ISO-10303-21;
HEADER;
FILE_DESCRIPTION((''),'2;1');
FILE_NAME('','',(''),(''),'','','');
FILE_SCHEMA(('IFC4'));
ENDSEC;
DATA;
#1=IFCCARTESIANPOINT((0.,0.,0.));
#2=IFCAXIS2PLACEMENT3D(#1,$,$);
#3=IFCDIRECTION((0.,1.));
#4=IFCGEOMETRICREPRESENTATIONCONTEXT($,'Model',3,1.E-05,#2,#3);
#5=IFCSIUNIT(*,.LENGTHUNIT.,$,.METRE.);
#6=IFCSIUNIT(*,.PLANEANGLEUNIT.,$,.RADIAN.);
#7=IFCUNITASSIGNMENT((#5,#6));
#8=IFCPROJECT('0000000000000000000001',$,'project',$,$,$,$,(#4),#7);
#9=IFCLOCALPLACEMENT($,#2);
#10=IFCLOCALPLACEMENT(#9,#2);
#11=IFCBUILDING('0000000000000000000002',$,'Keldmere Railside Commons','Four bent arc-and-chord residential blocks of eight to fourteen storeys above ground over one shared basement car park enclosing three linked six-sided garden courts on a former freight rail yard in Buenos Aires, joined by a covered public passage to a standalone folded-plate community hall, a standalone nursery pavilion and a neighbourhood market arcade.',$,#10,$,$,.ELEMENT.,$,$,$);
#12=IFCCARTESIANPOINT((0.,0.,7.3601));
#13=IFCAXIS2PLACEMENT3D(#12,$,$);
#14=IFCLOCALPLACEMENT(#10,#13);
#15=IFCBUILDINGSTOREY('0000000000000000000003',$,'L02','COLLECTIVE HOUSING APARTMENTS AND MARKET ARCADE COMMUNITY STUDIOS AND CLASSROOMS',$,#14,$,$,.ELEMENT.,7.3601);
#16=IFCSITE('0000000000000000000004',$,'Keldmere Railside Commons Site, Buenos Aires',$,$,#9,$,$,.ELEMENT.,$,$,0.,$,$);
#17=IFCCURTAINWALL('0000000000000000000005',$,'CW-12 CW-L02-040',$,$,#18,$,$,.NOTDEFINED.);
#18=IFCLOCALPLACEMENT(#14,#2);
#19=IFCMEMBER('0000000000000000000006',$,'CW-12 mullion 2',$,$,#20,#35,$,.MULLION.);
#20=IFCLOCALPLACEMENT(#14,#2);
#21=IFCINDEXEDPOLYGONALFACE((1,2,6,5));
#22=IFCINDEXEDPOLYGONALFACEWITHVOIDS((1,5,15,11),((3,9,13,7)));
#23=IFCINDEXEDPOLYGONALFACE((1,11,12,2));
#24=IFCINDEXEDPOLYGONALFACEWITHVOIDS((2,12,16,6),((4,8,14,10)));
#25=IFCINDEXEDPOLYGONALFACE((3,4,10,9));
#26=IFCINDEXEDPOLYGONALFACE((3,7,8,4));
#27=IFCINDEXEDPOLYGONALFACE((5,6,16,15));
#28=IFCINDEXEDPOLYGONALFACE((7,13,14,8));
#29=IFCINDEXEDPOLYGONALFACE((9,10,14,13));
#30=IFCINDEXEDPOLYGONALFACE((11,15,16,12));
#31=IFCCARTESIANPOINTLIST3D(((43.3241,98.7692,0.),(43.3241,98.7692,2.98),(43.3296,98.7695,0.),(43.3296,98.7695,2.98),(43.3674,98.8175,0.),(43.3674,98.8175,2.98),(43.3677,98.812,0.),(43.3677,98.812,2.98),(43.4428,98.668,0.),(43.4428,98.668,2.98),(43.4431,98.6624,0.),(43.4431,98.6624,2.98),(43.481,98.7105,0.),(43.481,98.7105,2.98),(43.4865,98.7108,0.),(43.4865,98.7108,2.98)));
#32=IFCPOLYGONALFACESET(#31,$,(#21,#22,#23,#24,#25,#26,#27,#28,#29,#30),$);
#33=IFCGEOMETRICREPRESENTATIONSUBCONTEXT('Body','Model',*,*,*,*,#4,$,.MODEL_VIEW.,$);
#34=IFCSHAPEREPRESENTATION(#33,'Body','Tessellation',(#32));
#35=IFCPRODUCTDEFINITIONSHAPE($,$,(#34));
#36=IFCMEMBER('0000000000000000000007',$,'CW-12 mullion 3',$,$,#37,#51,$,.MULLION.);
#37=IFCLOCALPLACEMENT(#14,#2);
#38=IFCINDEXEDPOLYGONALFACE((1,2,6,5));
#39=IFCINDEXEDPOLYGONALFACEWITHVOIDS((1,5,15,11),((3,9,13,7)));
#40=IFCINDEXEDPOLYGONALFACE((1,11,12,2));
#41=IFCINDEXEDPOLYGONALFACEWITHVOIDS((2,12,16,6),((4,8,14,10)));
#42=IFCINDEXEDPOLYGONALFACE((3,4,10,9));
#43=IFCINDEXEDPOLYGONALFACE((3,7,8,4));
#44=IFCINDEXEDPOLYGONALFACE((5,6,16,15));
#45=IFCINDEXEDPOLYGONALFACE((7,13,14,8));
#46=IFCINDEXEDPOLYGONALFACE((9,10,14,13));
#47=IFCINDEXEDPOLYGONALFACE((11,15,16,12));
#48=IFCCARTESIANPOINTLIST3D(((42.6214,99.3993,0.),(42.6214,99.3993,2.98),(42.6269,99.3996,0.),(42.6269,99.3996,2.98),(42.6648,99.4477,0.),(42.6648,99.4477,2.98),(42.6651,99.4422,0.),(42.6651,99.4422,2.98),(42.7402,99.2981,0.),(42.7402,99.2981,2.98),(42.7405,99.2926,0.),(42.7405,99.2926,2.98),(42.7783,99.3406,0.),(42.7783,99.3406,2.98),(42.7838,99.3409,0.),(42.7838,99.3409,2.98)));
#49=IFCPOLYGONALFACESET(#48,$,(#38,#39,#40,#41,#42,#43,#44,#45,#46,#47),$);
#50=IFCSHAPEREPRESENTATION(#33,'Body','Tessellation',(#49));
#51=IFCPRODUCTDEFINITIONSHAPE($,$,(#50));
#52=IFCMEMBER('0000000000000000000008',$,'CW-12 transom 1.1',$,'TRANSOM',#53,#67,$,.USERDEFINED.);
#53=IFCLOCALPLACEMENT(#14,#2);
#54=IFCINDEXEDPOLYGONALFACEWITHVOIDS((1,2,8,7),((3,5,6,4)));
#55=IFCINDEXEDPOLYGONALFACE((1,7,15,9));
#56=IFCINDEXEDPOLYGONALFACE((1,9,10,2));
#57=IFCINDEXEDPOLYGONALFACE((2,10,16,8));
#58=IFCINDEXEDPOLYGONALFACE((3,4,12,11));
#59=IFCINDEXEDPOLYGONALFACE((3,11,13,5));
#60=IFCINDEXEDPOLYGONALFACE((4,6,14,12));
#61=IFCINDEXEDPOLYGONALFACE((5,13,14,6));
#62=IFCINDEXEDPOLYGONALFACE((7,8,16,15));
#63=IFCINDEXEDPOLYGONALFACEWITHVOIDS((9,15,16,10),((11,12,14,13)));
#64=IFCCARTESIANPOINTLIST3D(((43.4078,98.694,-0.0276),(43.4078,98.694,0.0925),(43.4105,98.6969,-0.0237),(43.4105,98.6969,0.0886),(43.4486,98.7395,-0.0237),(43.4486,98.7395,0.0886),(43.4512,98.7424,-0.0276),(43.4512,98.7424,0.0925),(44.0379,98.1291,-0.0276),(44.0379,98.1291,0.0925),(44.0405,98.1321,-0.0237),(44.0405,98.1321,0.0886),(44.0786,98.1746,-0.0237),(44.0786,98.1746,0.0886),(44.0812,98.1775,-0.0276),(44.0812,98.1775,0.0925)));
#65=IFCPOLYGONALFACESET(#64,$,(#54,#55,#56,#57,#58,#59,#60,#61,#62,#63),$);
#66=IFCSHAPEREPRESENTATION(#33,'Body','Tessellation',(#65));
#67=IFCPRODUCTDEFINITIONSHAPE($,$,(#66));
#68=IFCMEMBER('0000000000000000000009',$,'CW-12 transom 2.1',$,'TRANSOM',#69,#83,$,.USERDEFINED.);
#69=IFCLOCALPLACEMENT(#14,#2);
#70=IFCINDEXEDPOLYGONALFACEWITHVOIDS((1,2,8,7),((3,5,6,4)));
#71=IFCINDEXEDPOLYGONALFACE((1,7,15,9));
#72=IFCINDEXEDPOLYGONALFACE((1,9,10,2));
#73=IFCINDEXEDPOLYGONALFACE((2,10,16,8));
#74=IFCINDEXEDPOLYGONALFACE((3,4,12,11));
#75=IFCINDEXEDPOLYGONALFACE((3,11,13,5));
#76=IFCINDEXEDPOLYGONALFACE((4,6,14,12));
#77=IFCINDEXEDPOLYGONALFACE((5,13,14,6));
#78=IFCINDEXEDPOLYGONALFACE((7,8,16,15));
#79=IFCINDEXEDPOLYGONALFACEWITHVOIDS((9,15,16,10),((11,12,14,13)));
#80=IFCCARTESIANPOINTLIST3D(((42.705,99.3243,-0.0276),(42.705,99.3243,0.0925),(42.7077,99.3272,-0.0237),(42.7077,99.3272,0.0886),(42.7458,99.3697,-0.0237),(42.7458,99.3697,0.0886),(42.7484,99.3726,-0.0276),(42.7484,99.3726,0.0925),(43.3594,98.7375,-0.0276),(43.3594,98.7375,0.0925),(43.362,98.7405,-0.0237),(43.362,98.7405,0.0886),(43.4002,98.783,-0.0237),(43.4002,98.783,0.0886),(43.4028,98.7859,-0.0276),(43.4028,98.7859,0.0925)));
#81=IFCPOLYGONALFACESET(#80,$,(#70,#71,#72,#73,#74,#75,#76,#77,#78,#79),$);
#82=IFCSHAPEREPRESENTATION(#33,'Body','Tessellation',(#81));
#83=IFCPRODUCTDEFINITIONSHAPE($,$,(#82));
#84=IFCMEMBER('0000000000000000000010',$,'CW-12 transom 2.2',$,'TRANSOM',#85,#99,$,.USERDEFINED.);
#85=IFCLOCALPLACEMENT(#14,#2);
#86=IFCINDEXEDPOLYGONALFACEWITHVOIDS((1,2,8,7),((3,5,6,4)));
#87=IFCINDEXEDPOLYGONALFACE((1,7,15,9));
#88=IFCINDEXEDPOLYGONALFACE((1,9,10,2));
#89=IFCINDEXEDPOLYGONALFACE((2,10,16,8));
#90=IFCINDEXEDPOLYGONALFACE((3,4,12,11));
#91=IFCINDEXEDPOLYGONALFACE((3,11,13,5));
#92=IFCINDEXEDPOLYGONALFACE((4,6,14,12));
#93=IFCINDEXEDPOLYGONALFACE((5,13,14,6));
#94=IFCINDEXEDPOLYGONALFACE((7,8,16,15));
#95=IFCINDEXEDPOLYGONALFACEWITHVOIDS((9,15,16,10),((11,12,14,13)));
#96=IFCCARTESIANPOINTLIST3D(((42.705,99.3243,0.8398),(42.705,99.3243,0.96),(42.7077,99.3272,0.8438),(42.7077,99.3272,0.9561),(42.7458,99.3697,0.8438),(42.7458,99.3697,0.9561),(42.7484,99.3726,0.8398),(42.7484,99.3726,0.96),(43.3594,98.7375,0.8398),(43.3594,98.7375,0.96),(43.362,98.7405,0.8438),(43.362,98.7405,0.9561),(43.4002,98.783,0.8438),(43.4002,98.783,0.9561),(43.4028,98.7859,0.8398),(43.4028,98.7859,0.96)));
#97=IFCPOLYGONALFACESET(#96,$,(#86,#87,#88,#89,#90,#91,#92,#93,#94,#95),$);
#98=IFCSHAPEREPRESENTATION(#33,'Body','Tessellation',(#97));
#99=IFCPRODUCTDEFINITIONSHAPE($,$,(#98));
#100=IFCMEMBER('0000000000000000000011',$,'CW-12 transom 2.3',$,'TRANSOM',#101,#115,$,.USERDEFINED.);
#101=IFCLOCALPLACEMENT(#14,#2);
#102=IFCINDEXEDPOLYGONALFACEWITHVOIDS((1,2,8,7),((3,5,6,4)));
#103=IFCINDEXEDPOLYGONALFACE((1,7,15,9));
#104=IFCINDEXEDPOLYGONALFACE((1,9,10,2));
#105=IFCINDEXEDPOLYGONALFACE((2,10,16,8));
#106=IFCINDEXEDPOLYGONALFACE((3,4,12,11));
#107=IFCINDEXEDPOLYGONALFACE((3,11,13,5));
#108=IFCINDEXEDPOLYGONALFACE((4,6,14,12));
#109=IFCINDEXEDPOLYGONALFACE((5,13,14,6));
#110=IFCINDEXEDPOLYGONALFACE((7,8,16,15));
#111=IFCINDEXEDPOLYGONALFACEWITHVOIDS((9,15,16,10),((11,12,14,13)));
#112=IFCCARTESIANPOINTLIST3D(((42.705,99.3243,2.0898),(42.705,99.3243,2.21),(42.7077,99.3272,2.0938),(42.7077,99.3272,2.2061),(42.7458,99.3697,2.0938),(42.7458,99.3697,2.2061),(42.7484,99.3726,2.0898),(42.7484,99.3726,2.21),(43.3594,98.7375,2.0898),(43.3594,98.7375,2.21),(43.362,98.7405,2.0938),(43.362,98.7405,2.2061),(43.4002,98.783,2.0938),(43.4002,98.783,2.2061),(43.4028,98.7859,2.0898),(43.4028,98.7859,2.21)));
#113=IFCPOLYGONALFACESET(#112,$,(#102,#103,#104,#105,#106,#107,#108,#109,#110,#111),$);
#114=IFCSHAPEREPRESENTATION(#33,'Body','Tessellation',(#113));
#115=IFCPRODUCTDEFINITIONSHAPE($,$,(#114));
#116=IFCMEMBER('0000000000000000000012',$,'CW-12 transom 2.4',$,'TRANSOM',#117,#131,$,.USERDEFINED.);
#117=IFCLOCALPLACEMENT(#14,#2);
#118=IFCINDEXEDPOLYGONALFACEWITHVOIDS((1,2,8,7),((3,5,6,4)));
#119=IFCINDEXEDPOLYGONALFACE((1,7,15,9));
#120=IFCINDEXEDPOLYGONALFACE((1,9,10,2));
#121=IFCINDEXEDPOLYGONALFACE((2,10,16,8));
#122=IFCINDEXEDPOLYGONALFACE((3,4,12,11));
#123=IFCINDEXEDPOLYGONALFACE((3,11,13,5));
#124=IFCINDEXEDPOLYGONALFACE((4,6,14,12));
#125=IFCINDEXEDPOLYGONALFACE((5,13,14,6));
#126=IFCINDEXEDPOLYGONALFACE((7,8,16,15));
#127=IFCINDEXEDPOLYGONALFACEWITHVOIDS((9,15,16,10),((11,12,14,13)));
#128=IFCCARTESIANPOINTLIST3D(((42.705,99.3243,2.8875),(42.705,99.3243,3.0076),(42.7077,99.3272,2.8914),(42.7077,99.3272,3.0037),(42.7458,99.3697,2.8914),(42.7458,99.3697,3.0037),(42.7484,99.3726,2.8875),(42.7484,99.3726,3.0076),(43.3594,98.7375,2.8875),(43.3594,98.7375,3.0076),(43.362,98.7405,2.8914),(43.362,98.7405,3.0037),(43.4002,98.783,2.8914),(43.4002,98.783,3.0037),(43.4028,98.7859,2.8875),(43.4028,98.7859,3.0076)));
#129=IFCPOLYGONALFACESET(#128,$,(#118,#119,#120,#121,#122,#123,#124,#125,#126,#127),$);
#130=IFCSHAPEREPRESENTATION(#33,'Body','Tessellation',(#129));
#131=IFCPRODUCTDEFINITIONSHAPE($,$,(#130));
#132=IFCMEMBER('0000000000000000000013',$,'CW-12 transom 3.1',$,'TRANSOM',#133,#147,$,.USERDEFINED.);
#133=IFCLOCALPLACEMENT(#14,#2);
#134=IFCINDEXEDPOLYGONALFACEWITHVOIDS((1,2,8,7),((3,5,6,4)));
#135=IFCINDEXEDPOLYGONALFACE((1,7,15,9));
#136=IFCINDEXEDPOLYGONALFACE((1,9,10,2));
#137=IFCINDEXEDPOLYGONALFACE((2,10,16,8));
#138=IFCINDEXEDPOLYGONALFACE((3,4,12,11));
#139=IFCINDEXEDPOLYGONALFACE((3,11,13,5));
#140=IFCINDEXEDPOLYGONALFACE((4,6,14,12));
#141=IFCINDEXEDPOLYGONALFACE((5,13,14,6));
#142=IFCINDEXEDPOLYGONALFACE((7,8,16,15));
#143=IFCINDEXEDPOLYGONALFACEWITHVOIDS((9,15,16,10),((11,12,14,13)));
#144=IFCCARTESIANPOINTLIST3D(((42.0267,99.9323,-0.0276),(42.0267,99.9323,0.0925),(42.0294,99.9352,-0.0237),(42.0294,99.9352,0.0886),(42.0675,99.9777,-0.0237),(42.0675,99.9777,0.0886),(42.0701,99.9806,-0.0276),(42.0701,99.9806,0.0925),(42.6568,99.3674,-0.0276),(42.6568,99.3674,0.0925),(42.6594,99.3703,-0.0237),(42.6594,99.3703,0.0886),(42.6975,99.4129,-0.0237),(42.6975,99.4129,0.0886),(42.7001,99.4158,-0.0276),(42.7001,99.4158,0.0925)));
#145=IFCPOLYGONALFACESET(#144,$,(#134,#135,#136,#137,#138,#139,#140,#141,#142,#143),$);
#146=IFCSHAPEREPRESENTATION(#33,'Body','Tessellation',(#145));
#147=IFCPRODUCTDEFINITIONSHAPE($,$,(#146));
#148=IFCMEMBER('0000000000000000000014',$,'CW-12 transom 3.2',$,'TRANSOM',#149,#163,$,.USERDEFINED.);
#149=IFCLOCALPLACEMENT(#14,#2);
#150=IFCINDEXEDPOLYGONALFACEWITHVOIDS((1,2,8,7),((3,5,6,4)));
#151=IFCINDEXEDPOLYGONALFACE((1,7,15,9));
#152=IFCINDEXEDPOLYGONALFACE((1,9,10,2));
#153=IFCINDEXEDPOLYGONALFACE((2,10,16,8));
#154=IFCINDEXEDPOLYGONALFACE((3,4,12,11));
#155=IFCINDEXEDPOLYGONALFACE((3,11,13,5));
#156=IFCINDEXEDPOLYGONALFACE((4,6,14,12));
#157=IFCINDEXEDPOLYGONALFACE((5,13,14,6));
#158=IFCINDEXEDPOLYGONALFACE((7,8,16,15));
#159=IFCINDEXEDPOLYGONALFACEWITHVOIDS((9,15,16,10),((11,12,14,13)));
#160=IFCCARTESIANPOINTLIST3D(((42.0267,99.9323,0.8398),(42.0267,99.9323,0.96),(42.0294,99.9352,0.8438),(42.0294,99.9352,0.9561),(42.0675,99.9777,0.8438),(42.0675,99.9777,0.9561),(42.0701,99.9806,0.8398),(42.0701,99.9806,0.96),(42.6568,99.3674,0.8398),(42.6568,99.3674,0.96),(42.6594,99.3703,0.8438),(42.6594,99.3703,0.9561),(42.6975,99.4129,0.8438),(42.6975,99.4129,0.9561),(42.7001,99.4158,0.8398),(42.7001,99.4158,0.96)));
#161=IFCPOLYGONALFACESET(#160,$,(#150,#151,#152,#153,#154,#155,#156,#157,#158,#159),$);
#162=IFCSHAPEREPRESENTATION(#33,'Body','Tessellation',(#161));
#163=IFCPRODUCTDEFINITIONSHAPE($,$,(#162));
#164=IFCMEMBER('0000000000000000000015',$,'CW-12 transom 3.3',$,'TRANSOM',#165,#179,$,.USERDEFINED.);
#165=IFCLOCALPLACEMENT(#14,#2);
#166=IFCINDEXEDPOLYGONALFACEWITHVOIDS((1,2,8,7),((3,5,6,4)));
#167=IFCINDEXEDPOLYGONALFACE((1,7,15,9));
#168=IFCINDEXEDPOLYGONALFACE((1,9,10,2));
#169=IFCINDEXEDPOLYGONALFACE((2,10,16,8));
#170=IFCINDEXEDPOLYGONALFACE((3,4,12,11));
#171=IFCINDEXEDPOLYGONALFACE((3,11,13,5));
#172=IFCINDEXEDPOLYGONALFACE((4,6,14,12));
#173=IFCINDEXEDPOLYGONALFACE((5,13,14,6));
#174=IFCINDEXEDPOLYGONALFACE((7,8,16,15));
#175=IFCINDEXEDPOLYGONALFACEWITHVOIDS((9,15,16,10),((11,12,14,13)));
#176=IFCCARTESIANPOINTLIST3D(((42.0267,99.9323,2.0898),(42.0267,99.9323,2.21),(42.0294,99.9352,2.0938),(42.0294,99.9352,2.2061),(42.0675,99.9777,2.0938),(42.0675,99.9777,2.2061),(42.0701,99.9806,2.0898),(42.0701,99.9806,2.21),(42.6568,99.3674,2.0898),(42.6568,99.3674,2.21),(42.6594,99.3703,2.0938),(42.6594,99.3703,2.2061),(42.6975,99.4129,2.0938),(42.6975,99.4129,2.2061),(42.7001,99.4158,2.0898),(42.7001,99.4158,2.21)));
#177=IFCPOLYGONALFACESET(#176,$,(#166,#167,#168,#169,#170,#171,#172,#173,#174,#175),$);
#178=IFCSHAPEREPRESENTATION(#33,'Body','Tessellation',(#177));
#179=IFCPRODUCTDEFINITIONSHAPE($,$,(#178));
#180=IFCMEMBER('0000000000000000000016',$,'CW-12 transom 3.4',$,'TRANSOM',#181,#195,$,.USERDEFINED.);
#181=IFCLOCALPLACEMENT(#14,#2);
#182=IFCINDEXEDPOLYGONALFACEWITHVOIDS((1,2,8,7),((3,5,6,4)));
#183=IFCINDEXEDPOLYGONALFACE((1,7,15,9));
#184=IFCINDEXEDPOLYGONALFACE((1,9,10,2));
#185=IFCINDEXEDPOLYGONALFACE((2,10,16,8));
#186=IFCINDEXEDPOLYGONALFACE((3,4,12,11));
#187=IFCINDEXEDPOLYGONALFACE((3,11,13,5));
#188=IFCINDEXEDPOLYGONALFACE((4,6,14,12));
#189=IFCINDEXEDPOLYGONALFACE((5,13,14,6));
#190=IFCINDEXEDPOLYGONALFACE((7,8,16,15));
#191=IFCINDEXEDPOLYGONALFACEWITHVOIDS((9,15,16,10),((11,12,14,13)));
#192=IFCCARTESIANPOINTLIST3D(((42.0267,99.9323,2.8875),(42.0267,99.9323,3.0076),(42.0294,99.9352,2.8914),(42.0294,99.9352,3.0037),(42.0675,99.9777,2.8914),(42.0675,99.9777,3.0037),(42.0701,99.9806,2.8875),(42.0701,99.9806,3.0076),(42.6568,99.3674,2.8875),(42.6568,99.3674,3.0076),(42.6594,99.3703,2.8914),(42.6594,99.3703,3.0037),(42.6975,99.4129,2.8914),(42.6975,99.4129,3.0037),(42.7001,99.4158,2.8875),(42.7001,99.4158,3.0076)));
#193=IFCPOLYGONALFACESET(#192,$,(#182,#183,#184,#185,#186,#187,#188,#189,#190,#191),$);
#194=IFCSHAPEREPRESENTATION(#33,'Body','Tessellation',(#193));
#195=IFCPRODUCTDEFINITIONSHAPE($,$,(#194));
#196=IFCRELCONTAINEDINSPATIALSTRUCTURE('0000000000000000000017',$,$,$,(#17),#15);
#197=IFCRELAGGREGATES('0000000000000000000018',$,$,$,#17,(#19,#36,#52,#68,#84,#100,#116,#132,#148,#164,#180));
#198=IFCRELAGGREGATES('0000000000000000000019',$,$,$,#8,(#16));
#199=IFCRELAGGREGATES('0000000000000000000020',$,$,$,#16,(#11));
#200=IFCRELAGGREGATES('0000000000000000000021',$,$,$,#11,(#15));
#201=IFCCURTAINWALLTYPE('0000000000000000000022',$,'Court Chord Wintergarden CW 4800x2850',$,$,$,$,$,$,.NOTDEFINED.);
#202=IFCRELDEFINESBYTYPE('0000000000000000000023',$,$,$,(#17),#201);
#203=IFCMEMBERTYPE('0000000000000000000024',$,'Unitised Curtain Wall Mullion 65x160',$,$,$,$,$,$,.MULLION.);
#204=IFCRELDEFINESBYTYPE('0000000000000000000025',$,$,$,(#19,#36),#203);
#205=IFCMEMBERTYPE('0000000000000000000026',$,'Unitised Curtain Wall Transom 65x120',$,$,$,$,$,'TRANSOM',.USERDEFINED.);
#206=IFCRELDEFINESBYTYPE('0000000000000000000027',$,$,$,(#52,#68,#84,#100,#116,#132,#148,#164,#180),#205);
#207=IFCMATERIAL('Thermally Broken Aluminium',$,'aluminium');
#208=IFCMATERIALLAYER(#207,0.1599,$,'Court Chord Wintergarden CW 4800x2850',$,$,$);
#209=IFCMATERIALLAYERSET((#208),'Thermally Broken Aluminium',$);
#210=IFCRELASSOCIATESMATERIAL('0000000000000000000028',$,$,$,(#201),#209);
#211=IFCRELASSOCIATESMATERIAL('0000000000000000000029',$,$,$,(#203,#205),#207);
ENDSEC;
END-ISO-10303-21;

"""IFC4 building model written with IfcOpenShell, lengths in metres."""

from ifc_helpers import new_model, si_unit, direction, frame, origin, origin_2d, place, context, subcontext, project, spatial, hollow_rectangle, extrude, material, layer, layer_set, material_profile, profile_set, type_object, element, aggregate, save


model = new_model("IFC4")

# Units and contexts
model_context = context("Model", 3, precision=1e-05, world=origin(), true_north=direction((0.0, 1.0)))
body_context = subcontext(model_context, "Body", "Model", "MODEL_VIEW")
ifc_project = project(units=[si_unit("LENGTHUNIT", "METRE"), si_unit("PLANEANGLEUNIT", "RADIAN")], contexts=[model_context])

# Site, building, storey
site_placement = place(None, origin())
site = spatial("IfcSite", under=ifc_project, at=site_placement, Name="Keldmere Railside Commons Site, Buenos Aires", CompositionType="ELEMENT", RefElevation=0.0)
building_placement = place(site_placement, origin())
building = spatial("IfcBuilding", under=site, at=building_placement, Name="Keldmere Railside Commons", Description="Four bent arc-and-chord residential blocks of eight to fourteen storeys above ground over one shared basement car park enclosing three linked six-sided garden courts on a former freight rail yard in Buenos Aires, joined by a covered public passage to a standalone folded-plate community hall, a standalone nursery pavilion and a neighbourhood market arcade.", CompositionType="ELEMENT")
storey_placement = place(building_placement, frame((0.0, 0.0, 7.3601)))
storey = spatial("IfcBuildingStorey", under=building, at=storey_placement, Name="L02", Description="COLLECTIVE HOUSING APARTMENTS AND MARKET ARCADE COMMUNITY STUDIOS AND CLASSROOMS", CompositionType="ELEMENT", Elevation=7.3601)

# Curtain wall, members
ifc_material_1 = material(Name="Thermally Broken Aluminium", Category="aluminium")
ifc_layer_1 = layer(ifc_material_1, 0.1599, Name="Court Chord Wintergarden CW 4800x2850")
ifc_layer_set_1 = layer_set([ifc_layer_1], Name="Thermally Broken Aluminium")
curtain_wall_type = type_object("IfcCurtainWallType", Name="Court Chord Wintergarden CW 4800x2850", PredefinedType="NOTDEFINED", material=ifc_layer_set_1)
curtain_wall_placement = place(storey_placement, origin())
curtain_wall = element("IfcCurtainWall", 1, at=curtain_wall_placement, inside=storey, type_object=curtain_wall_type, Name="CW-12 CW-L02-040", PredefinedType="NOTDEFINED")
ifc_material_profile_1 = material_profile(ifc_material_1, hollow_rectangle(XDim=0.0649, YDim=0.1599, WallThickness=0.0039, at=origin_2d()), Name="ALU-MULL-65x160")
ifc_profile_set_1 = profile_set([ifc_material_profile_1], Name="Thermally Broken Aluminium")
member_type_1 = type_object("IfcMemberType", Name="Unitised Curtain Wall Mullion 65x160", PredefinedType="MULLION", material=ifc_profile_set_1)
member_1_placement = place(storey_placement, frame((43.4053, 98.74, 0.0), z_axis=(0.0, 0.0, 1.0), x_axis=(-0.667559, -0.744557, 0.0)))
member_1 = element("IfcMember", 2, at=member_1_placement, type_object=member_type_1, Name="CW-12 mullion 2", PredefinedType="MULLION", context=body_context, shape_type="SweptSolid", body=[
    extrude(hollow_rectangle(XDim=0.0649, YDim=0.1599, WallThickness=0.0039, at=origin_2d()), origin(), (0.0, 0.0, 1.0), 2.98),
])
member_2_placement = place(storey_placement, frame((42.7026, 99.3701, 0.0), z_axis=(0.0, 0.0, 1.0), x_axis=(-0.667559, -0.744557, 0.0)))
member_2 = element("IfcMember", 3, at=member_2_placement, type_object=member_type_1, Name="CW-12 mullion 3", PredefinedType="MULLION", context=body_context, shape_type="SweptSolid", body=[
    extrude(hollow_rectangle(XDim=0.0649, YDim=0.1599, WallThickness=0.0039, at=origin_2d()), origin(), (0.0, 0.0, 1.0), 2.98),
])
ifc_material_profile_2 = material_profile(ifc_material_1, hollow_rectangle(XDim=0.0649, YDim=0.1201, WallThickness=0.0039, at=origin_2d()), Name="ALU-TRAN-65x120")
ifc_profile_set_2 = profile_set([ifc_material_profile_2], Name="Thermally Broken Aluminium")
member_type_2 = type_object("IfcMemberType", Name="Unitised Curtain Wall Transom 65x120", ElementType="TRANSOM", PredefinedType="USERDEFINED", material=ifc_profile_set_2)
member_3_placement = place(storey_placement, frame((44.0596, 98.1533, 0.0325), z_axis=(-0.744569, 0.667545, 0.0), x_axis=(-0.667545, -0.744569, 0.0)))
member_3 = element("IfcMember", 4, at=member_3_placement, type_object=member_type_2, Name="CW-12 transom 1.1", ObjectType="TRANSOM", PredefinedType="USERDEFINED", context=body_context, shape_type="SweptSolid", body=[
    extrude(hollow_rectangle(XDim=0.0649, YDim=0.1201, WallThickness=0.0039, at=origin_2d()), origin(), (0.0, 0.0, 1.0), 0.8462),
])
member_4_placement = place(storey_placement, frame((43.3811, 98.7617, 0.0325), z_axis=(-0.744536, 0.667582, 0.0), x_axis=(-0.667582, -0.744536, 0.0)))
member_4 = element("IfcMember", 5, at=member_4_placement, type_object=member_type_2, Name="CW-12 transom 2.1", ObjectType="TRANSOM", PredefinedType="USERDEFINED", context=body_context, shape_type="SweptSolid", body=[
    extrude(hollow_rectangle(XDim=0.0649, YDim=0.1201, WallThickness=0.0039, at=origin_2d()), origin(), (0.0, 0.0, 1.0), 0.8789),
])
member_5_placement = place(storey_placement, frame((43.3811, 98.7617, 0.8999), z_axis=(-0.744536, 0.667582, 0.0), x_axis=(-0.667582, -0.744536, 0.0)))
member_5 = element("IfcMember", 6, at=member_5_placement, type_object=member_type_2, Name="CW-12 transom 2.2", ObjectType="TRANSOM", PredefinedType="USERDEFINED", context=body_context, shape_type="SweptSolid", body=[
    extrude(hollow_rectangle(XDim=0.0649, YDim=0.1201, WallThickness=0.0039, at=origin_2d()), origin(), (0.0, 0.0, 1.0), 0.8789),
])
member_6_placement = place(storey_placement, frame((43.3811, 98.7617, 2.1499), z_axis=(-0.744536, 0.667582, 0.0), x_axis=(-0.667582, -0.744536, 0.0)))
member_6 = element("IfcMember", 7, at=member_6_placement, type_object=member_type_2, Name="CW-12 transom 2.3", ObjectType="TRANSOM", PredefinedType="USERDEFINED", context=body_context, shape_type="SweptSolid", body=[
    extrude(hollow_rectangle(XDim=0.0649, YDim=0.1201, WallThickness=0.0039, at=origin_2d()), origin(), (0.0, 0.0, 1.0), 0.8789),
])
member_7_placement = place(storey_placement, frame((43.3811, 98.7617, 2.9475), z_axis=(-0.744536, 0.667582, 0.0), x_axis=(-0.667582, -0.744536, 0.0)))
member_7 = element("IfcMember", 8, at=member_7_placement, type_object=member_type_2, Name="CW-12 transom 2.4", ObjectType="TRANSOM", PredefinedType="USERDEFINED", context=body_context, shape_type="SweptSolid", body=[
    extrude(hollow_rectangle(XDim=0.0649, YDim=0.1201, WallThickness=0.0039, at=origin_2d()), origin(), (0.0, 0.0, 1.0), 0.8789),
])
member_8_placement = place(storey_placement, frame((42.6785, 99.3916, 0.0325), z_axis=(-0.744569, 0.667545, 0.0), x_axis=(-0.667545, -0.744569, 0.0)))
member_8 = element("IfcMember", 9, at=member_8_placement, type_object=member_type_2, Name="CW-12 transom 3.1", ObjectType="TRANSOM", PredefinedType="USERDEFINED", context=body_context, shape_type="SweptSolid", body=[
    extrude(hollow_rectangle(XDim=0.0649, YDim=0.1201, WallThickness=0.0039, at=origin_2d()), origin(), (0.0, 0.0, 1.0), 0.8462),
])
member_9_placement = place(storey_placement, frame((42.6785, 99.3916, 0.8999), z_axis=(-0.744569, 0.667545, 0.0), x_axis=(-0.667545, -0.744569, 0.0)))
member_9 = element("IfcMember", 10, at=member_9_placement, type_object=member_type_2, Name="CW-12 transom 3.2", ObjectType="TRANSOM", PredefinedType="USERDEFINED", context=body_context, shape_type="SweptSolid", body=[
    extrude(hollow_rectangle(XDim=0.0649, YDim=0.1201, WallThickness=0.0039, at=origin_2d()), origin(), (0.0, 0.0, 1.0), 0.8462),
])
member_10_placement = place(storey_placement, frame((42.6785, 99.3916, 2.1499), z_axis=(-0.744569, 0.667545, 0.0), x_axis=(-0.667545, -0.744569, 0.0)))
member_10 = element("IfcMember", 11, at=member_10_placement, type_object=member_type_2, Name="CW-12 transom 3.3", ObjectType="TRANSOM", PredefinedType="USERDEFINED", context=body_context, shape_type="SweptSolid", body=[
    extrude(hollow_rectangle(XDim=0.0649, YDim=0.1201, WallThickness=0.0039, at=origin_2d()), origin(), (0.0, 0.0, 1.0), 0.8462),
])
member_11_placement = place(storey_placement, frame((42.6785, 99.3916, 2.9475), z_axis=(-0.744569, 0.667545, 0.0), x_axis=(-0.667545, -0.744569, 0.0)))
member_11 = element("IfcMember", 12, at=member_11_placement, type_object=member_type_2, Name="CW-12 transom 3.4", ObjectType="TRANSOM", PredefinedType="USERDEFINED", context=body_context, shape_type="SweptSolid", body=[
    extrude(hollow_rectangle(XDim=0.0649, YDim=0.1201, WallThickness=0.0039, at=origin_2d()), origin(), (0.0, 0.0, 1.0), 0.8462),
])
aggregate(curtain_wall, [member_1, member_2, member_3, member_4, member_5, member_6, member_7, member_8, member_9, member_10, member_11])

save(model, "model.ifc")
